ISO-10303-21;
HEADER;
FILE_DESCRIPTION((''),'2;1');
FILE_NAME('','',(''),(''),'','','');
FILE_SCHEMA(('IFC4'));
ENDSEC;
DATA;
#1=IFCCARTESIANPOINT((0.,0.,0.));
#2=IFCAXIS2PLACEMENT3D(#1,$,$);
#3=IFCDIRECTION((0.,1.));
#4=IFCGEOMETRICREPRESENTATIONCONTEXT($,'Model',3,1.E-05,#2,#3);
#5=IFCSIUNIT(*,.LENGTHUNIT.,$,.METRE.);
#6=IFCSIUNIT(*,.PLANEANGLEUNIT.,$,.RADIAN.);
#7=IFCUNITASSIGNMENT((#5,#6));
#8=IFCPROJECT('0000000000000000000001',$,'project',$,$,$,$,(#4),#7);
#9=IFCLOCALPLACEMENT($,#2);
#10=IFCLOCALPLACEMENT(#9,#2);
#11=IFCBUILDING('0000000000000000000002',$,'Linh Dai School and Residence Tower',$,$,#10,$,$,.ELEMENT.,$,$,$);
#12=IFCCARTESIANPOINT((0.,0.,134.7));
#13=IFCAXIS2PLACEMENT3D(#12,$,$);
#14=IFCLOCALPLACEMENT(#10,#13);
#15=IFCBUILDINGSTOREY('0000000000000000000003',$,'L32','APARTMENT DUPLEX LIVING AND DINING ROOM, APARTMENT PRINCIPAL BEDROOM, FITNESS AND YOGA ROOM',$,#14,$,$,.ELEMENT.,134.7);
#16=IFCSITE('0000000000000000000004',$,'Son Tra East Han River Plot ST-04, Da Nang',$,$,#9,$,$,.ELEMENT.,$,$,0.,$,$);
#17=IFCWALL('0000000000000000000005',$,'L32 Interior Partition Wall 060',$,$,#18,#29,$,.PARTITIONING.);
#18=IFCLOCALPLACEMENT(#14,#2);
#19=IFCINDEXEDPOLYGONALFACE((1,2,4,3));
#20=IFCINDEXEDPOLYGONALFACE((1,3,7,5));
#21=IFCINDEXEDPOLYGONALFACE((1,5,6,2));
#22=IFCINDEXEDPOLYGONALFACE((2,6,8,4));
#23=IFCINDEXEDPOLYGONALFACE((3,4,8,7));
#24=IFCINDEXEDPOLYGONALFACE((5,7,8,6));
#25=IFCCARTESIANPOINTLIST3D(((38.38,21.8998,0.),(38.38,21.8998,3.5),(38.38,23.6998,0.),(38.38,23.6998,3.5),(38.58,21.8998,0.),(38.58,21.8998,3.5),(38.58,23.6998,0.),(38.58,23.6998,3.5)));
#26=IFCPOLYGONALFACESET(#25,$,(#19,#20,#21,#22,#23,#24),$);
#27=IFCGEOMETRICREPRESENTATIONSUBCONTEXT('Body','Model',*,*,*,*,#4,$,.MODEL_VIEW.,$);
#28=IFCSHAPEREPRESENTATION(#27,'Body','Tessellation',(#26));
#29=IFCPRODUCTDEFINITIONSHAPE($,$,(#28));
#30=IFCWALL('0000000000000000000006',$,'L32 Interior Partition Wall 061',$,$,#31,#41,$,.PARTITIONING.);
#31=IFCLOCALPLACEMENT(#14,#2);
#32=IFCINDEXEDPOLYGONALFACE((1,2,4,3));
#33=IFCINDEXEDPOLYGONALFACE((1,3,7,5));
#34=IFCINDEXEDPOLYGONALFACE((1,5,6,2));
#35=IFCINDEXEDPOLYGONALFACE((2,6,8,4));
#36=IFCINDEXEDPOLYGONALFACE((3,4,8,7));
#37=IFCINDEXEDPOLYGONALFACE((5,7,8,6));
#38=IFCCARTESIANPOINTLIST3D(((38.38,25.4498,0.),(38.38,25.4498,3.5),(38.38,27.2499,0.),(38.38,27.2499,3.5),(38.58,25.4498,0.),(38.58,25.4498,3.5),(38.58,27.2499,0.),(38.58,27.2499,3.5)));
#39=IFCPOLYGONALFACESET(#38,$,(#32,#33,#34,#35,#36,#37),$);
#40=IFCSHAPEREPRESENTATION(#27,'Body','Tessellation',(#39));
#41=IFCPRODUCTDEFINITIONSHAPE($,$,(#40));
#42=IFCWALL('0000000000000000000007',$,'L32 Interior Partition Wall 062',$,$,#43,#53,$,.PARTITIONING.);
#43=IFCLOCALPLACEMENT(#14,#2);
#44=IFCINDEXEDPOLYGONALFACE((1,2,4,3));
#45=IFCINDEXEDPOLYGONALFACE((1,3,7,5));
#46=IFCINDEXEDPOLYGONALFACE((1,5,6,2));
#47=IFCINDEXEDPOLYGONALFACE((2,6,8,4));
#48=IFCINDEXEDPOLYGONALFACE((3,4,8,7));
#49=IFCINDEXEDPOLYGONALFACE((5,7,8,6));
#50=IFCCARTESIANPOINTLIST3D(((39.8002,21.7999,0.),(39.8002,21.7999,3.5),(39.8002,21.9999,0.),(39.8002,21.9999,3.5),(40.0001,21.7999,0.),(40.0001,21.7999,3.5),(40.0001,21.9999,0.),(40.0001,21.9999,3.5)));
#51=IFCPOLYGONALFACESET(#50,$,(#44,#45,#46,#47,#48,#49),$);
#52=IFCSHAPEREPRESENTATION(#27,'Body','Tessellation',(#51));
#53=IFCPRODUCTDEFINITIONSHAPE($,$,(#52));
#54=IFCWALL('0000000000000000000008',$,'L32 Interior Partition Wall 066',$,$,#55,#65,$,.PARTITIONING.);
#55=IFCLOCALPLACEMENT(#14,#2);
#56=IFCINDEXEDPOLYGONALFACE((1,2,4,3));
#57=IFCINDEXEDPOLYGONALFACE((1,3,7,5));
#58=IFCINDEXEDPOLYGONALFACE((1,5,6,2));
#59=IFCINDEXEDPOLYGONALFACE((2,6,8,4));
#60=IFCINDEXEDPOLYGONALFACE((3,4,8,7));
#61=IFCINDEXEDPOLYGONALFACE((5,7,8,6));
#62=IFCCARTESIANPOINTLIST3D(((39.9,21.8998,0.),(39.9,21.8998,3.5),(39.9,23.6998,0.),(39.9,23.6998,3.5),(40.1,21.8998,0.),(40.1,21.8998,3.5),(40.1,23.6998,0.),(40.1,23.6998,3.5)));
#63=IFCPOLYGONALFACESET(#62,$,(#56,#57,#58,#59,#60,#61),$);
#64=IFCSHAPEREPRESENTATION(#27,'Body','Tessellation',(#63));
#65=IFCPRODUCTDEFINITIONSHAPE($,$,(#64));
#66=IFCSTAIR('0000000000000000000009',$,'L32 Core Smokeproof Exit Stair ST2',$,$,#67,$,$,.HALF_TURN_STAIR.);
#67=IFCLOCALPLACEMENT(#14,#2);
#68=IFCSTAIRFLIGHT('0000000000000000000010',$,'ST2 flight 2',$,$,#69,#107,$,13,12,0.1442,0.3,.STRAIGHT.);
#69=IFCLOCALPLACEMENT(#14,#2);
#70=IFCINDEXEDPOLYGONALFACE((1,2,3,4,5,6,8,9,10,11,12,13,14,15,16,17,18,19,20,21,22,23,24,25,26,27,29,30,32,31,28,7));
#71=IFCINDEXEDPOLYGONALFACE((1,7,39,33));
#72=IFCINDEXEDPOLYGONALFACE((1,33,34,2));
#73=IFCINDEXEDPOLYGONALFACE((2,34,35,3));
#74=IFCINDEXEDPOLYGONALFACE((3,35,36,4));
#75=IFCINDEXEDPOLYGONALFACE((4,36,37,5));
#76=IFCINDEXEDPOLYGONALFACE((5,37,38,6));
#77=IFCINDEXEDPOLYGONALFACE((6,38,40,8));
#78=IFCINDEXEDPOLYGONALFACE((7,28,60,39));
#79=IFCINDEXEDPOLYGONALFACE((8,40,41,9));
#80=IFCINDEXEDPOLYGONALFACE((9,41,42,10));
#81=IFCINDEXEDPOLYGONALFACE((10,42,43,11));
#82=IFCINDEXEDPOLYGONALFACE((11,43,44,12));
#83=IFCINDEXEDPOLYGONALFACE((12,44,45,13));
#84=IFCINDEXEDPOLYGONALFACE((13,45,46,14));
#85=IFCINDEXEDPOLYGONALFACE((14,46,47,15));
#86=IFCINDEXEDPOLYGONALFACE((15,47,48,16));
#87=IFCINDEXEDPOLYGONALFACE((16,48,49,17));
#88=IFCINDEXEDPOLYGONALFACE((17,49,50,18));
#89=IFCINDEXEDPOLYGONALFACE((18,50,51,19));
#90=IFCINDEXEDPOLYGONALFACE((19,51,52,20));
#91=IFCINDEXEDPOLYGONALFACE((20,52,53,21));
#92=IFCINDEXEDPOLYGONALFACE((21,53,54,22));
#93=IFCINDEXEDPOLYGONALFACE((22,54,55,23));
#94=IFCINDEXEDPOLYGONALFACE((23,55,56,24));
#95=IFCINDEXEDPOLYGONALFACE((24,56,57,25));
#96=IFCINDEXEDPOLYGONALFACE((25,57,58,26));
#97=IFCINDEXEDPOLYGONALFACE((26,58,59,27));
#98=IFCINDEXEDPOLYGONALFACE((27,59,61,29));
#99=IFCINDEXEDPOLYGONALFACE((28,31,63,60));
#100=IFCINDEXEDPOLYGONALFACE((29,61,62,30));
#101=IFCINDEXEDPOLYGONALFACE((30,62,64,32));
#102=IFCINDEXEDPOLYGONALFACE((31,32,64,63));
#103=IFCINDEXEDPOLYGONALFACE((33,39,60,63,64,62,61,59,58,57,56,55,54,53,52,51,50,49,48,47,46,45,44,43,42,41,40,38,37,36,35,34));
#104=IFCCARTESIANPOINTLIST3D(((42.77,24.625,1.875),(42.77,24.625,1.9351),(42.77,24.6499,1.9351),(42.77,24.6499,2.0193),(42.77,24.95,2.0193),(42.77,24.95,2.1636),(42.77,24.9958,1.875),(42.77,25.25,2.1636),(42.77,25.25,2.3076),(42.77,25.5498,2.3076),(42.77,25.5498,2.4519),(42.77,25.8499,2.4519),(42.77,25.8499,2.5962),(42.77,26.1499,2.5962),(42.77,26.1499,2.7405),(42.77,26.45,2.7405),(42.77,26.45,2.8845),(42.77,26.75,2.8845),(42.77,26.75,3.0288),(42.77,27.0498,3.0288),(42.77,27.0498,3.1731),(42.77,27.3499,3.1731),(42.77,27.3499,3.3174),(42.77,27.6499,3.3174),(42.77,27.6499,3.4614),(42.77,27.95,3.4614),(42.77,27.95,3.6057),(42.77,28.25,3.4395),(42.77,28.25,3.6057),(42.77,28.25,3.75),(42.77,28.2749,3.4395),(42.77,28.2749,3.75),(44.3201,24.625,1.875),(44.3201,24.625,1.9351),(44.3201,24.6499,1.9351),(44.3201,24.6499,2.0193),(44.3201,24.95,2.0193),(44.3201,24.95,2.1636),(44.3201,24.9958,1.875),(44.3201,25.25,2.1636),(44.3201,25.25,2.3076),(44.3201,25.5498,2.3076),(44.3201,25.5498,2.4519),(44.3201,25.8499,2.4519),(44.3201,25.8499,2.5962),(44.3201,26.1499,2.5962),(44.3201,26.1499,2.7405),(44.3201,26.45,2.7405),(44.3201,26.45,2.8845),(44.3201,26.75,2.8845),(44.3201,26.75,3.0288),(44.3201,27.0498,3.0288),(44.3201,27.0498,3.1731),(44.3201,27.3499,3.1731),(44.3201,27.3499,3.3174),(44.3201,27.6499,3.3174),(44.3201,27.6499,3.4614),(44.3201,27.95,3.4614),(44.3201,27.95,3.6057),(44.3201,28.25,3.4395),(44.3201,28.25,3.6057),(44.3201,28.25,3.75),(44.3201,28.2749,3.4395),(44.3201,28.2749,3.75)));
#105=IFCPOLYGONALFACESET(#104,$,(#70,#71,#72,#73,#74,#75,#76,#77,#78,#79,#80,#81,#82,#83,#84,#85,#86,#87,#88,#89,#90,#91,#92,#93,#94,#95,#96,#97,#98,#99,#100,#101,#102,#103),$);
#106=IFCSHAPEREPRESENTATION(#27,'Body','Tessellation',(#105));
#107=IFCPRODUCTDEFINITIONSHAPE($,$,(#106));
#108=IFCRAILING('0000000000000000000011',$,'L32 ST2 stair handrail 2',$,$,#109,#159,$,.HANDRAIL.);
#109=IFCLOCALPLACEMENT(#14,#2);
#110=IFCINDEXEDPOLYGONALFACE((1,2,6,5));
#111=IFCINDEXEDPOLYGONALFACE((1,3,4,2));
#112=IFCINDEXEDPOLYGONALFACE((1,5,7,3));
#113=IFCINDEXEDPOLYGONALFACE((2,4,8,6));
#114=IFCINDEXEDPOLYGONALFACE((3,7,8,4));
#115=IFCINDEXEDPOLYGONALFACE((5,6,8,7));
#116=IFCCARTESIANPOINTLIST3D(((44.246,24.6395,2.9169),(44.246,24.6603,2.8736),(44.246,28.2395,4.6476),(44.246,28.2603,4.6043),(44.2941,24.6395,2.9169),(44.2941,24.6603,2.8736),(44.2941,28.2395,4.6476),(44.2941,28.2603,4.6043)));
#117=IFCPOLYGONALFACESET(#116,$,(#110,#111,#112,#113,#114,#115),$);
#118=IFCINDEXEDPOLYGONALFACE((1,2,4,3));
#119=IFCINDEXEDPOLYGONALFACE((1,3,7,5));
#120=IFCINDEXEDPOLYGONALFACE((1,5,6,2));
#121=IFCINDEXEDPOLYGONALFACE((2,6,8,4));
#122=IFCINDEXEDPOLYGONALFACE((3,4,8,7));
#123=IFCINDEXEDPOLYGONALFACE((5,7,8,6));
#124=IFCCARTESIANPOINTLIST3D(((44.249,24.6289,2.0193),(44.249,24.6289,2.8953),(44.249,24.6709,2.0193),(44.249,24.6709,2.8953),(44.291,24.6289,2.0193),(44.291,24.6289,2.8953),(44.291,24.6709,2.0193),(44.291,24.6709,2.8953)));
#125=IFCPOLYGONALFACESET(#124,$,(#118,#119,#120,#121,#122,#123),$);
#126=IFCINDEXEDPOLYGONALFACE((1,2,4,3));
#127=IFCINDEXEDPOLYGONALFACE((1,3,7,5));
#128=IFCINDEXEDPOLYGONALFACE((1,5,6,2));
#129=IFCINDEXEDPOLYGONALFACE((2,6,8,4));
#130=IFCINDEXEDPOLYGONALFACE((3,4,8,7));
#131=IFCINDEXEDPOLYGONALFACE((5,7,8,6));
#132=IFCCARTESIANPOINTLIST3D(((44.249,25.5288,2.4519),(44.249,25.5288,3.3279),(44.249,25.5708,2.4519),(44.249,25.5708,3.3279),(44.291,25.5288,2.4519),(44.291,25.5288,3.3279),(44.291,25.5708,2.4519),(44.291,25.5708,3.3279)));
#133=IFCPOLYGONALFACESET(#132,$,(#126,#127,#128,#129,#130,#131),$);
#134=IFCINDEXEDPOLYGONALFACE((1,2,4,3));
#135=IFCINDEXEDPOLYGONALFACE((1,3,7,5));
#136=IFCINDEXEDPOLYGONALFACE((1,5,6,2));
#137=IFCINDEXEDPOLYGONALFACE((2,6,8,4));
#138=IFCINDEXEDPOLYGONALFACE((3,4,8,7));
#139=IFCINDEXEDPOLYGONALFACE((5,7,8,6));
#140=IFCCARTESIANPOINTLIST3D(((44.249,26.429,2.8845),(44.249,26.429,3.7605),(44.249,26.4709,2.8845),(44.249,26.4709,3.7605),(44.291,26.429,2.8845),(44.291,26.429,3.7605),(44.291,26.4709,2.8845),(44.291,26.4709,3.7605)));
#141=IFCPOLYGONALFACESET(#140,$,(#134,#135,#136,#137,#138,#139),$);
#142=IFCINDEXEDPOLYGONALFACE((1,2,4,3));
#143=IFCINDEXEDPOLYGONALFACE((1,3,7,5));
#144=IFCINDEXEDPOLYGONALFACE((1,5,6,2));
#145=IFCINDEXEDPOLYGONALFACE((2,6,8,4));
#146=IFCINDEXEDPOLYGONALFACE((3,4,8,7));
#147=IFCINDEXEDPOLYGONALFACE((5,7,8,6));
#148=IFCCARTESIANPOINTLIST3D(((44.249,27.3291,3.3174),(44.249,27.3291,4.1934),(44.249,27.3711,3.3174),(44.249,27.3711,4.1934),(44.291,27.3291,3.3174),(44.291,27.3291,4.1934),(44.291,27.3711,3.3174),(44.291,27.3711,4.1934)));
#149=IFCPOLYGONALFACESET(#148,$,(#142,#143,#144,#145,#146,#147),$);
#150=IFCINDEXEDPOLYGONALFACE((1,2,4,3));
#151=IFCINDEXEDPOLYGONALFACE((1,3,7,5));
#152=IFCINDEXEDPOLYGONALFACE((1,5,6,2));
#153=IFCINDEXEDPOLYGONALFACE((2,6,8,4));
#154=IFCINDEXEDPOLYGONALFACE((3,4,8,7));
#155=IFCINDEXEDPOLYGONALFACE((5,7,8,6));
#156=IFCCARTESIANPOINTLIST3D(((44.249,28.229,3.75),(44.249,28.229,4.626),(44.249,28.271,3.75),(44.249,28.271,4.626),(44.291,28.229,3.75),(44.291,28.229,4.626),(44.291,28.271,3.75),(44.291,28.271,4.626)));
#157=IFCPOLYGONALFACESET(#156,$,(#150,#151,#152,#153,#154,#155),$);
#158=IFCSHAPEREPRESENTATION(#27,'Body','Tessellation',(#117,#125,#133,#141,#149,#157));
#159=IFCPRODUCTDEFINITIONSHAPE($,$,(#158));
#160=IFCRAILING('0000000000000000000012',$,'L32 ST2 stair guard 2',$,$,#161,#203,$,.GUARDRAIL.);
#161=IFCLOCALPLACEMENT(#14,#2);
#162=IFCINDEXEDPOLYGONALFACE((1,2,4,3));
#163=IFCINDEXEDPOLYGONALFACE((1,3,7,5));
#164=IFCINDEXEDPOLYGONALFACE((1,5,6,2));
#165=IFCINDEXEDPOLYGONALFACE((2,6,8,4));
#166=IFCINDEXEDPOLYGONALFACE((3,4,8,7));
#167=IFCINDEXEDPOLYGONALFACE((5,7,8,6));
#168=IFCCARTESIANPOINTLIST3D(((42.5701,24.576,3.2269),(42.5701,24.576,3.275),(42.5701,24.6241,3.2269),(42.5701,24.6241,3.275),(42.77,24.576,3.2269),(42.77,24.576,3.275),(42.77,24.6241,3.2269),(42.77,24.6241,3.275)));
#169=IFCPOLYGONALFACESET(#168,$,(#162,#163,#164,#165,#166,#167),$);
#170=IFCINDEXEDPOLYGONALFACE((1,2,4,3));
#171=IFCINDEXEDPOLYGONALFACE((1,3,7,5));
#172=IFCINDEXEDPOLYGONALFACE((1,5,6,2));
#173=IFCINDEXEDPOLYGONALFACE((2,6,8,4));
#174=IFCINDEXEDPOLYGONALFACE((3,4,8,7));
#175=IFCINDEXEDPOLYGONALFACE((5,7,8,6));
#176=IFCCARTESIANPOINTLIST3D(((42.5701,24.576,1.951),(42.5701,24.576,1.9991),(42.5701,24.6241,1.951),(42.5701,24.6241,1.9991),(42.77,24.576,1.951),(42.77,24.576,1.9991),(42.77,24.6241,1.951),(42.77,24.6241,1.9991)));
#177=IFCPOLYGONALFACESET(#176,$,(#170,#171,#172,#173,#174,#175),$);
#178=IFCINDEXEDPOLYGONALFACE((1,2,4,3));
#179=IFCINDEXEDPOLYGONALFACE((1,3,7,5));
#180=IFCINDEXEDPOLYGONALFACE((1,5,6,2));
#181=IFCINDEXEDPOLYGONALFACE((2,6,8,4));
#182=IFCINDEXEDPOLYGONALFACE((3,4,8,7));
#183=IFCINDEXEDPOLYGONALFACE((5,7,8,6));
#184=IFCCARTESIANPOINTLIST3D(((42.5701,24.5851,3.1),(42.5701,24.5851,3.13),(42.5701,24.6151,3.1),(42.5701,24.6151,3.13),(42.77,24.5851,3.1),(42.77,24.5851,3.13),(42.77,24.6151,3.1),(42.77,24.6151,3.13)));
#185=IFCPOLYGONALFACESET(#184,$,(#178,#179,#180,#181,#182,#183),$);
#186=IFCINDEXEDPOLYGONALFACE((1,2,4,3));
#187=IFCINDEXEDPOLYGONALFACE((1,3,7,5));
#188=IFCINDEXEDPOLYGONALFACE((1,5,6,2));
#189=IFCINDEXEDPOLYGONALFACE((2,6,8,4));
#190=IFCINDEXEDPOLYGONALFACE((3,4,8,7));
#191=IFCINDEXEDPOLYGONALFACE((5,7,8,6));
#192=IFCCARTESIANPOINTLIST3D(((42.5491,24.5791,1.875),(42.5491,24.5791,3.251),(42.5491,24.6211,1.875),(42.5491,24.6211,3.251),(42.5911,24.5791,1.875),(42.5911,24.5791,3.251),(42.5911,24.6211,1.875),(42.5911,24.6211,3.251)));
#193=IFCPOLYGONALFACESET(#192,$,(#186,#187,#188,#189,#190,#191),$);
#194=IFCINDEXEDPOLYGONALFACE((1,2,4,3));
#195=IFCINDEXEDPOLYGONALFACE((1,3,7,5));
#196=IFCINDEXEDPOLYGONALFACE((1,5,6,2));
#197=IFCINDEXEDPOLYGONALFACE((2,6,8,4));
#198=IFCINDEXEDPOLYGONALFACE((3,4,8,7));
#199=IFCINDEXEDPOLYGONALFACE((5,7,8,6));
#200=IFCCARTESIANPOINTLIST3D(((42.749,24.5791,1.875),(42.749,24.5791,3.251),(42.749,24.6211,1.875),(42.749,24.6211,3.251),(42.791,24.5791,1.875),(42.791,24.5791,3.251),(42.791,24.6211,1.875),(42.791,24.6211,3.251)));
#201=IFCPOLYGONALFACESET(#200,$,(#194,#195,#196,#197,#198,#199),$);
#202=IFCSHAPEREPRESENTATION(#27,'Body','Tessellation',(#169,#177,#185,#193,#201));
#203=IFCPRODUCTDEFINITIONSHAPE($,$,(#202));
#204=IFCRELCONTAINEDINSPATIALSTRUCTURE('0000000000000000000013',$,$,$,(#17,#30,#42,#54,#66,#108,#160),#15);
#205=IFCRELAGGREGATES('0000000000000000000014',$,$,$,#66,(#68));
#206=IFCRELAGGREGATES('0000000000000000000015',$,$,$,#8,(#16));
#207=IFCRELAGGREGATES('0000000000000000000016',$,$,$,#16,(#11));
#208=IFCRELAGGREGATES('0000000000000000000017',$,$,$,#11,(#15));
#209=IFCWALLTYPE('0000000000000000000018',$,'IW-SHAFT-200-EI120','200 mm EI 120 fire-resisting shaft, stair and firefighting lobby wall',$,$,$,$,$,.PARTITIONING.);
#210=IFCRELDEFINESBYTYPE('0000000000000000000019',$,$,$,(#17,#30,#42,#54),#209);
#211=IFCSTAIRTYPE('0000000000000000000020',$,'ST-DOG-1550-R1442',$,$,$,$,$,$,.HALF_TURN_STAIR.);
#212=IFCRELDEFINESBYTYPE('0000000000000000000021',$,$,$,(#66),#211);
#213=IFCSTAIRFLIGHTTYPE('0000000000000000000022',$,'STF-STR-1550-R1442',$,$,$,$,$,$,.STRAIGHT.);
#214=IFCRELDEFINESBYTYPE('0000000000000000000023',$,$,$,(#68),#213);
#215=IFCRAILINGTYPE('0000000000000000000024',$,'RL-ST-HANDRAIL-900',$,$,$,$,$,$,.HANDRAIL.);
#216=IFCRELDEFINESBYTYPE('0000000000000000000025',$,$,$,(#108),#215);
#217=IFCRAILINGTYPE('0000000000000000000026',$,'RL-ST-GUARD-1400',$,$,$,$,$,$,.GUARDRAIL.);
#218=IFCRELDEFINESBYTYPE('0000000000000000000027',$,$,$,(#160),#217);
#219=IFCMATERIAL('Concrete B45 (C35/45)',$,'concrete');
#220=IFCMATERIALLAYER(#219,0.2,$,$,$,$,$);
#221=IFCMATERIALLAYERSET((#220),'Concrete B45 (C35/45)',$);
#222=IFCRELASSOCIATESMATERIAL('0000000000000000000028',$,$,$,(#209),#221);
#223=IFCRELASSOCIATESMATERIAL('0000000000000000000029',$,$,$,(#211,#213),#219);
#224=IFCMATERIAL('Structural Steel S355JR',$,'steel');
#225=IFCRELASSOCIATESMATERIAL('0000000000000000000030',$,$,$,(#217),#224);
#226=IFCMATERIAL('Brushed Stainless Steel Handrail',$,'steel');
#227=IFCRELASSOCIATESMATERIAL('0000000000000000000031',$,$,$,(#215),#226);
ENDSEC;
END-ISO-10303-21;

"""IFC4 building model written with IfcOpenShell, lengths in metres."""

from ifc_helpers import new_model, si_unit, direction, frame, frame_2d, origin, origin_2d, place, context, subcontext, project, spatial, polyline, rectangle, outline, extrude, source, transform, mapped, material, layer, layer_set, type_object, element, aggregate, save


model = new_model("IFC4")

# Units and contexts
model_context = context("Model", 3, precision=1e-05, world=origin(), true_north=direction((0.0, 1.0)))
body_context = subcontext(model_context, "Body", "Model", "MODEL_VIEW")
ifc_project = project(units=[si_unit("LENGTHUNIT", "METRE"), si_unit("PLANEANGLEUNIT", "RADIAN")], contexts=[model_context])

# Site, building, storey
site_placement = place(None, origin())
site = spatial("IfcSite", under=ifc_project, at=site_placement, Name="Son Tra East Han River Plot ST-04, Da Nang", CompositionType="ELEMENT", RefElevation=0.0)
building_placement = place(site_placement, origin())
building = spatial("IfcBuilding", under=site, at=building_placement, Name="Linh Dai School and Residence Tower", CompositionType="ELEMENT")
storey_placement = place(building_placement, frame((0.0, 0.0, 134.7)))
storey = spatial("IfcBuildingStorey", under=building, at=storey_placement, Name="L32", Description="APARTMENT DUPLEX LIVING AND DINING ROOM, APARTMENT PRINCIPAL BEDROOM, FITNESS AND YOGA ROOM", CompositionType="ELEMENT", Elevation=134.7)

# Shared definitions
ifc_material_1 = material(Name="Structural Steel S355JR", Category="steel")

# Walls
ifc_material_2 = material(Name="Concrete B45 (C35/45)", Category="concrete")
ifc_layer_1 = layer(ifc_material_2, 0.2)
ifc_layer_set_1 = layer_set([ifc_layer_1], Name="Concrete B45 (C35/45)")
wall_type_1 = type_object("IfcWallType", Name="IW-SHAFT-200-EI120", Description="200 mm EI 120 fire-resisting shaft, stair and firefighting lobby wall", PredefinedType="PARTITIONING", material=ifc_layer_set_1)
for number, where, z_axis, x_axis, name in (
    (1, (38.48, 21.8999, 0.0), (0.0, 0.0, 1.0), (0.0, 1.0, 0.0), "L32 Interior Partition Wall 060"),
    (2, (38.48, 25.45, 0.0), (0.0, 0.0, 1.0), (0.0, 1.0, 0.0), "L32 Interior Partition Wall 061"),
):
    element("IfcWall", number, at=place(storey_placement, frame(where, z_axis=z_axis, x_axis=x_axis)), inside=storey, type_object=wall_type_1, Name=name, PredefinedType="PARTITIONING", context=body_context, shape_type="SweptSolid", body=[
        extrude(rectangle(XDim=1.8, YDim=0.2, at=frame_2d((0.8999, 0.0))), origin(), (0.0, 0.0, 1.0), 3.5),
    ])
wall_1_placement = place(storey_placement, frame((39.8, 21.8999, 0.0), z_axis=(0.0, 0.0, 1.0), x_axis=(1.0, 0.0, 0.0)))
element("IfcWall", 3, at=wall_1_placement, inside=storey, type_object=wall_type_1, Name="L32 Interior Partition Wall 062", PredefinedType="PARTITIONING", context=body_context, shape_type="SweptSolid", body=[
    extrude(rectangle(XDim=0.2, YDim=0.2, at=frame_2d((0.1001, 0.0))), origin(), (0.0, 0.0, 1.0), 3.5),
])
wall_2_placement = place(storey_placement, frame((40.0, 21.8999, 0.0), z_axis=(0.0, 0.0, 1.0), x_axis=(0.0, 1.0, 0.0)))
element("IfcWall", 4, at=wall_2_placement, inside=storey, type_object=wall_type_1, Name="L32 Interior Partition Wall 066", PredefinedType="PARTITIONING", context=body_context, shape_type="SweptSolid", body=[
    extrude(rectangle(XDim=1.8, YDim=0.2, at=frame_2d((0.8999, 0.0))), origin(), (0.0, 0.0, 1.0), 3.5),
])

# Stair, stair flight
stair_type = type_object("IfcStairType", Name="ST-DOG-1550-R1442", PredefinedType="HALF_TURN_STAIR", material=ifc_material_2)
stair_placement = place(storey_placement, origin())
stair = element("IfcStair", 5, at=stair_placement, inside=storey, type_object=stair_type, Name="L32 Core Smokeproof Exit Stair ST2", PredefinedType="HALF_TURN_STAIR")
stair_flight_type = type_object("IfcStairFlightType", Name="STF-STR-1550-R1442", PredefinedType="STRAIGHT", material=ifc_material_2)
shared_shape_1 = source(origin(), body_context, "Body", "SweptSolid", [
    extrude(outline(polyline([(-0.0249, 0.0), (-0.0249, 0.0601), (0.0, 0.0601), (0.0, 0.1443), (0.3, 0.1443), (0.3, 0.2886), (0.6001, 0.2886), (0.6001, 0.4326), (0.8999, 0.4326), (0.8999, 0.5769), (1.2, 0.5769), (1.2, 0.7212), (1.5, 0.7212), (1.5, 0.8655), (1.8, 0.8655), (1.8, 1.0095), (2.1001, 1.0095), (2.1001, 1.1538), (2.3999, 1.1538), (2.3999, 1.2981), (2.7, 1.2981), (2.7, 1.4424), (3.0, 1.4424), (3.0, 1.5864), (3.3, 1.5864), (3.3, 1.7307), (3.6001, 1.7307), (3.6001, 1.875), (3.625, 1.875), (3.625, 1.5645), (3.6001, 1.5645), (0.3459, 0.0), (-0.0249, 0.0)])), frame((0.0, 0.7749, 0.0), z_axis=(0.0, -1.0, 0.0), x_axis=(1.0, 0.0, 0.0)), (0.0, 0.0, 1.0), 1.55),
])
stair_flight_placement = place(storey_placement, frame((43.5449, 24.6499, 1.875), z_axis=(0.0, 0.0, 1.0), x_axis=(0.0, 1.0, 0.0)))
stair_flight = element("IfcStairFlight", 6, at=stair_flight_placement, type_object=stair_flight_type, Name="ST2 flight 2", NumberOfRisers=13, NumberOfTreads=12, PredefinedType="STRAIGHT", RiserHeight=0.1442, TreadLength=0.3, context=body_context, shape_type="MappedRepresentation", body=[
    mapped(shared_shape_1, transform((0.0, 0.0, 0.0), x_axis=(1.0, 0.0, 0.0), y_axis=(0.0, 1.0, 0.0), z_axis=(0.0, 0.0, 1.0), scale=1.0)),
])
aggregate(stair, [stair_flight])

# Railings
railing_type_1 = type_object("IfcRailingType", Name="RL-ST-GUARD-1400", PredefinedType="GUARDRAIL", material=ifc_material_1)
ifc_material_3 = material(Name="Brushed Stainless Steel Handrail", Category="steel")
railing_type_2 = type_object("IfcRailingType", Name="RL-ST-HANDRAIL-900", PredefinedType="HANDRAIL", material=ifc_material_3)
shared_shape_2 = source(origin(), body_context, "Body", "SweptSolid", [
    extrude(rectangle(XDim=0.0481, YDim=0.0481, at=origin_2d()), frame((0.0, 0.0, 0.876), z_axis=(0.0, 0.901263, 0.433273), x_axis=(-1.0, 0.0, 0.0)), (0.0, 0.0, 1.0), 3.9944),
    extrude(rectangle(XDim=0.042, YDim=0.042, at=origin_2d()), origin(), (0.0, 0.0, 1.0), 0.876),
    extrude(rectangle(XDim=0.042, YDim=0.042, at=origin_2d()), frame((0.0, 0.8999, 0.4326)), (0.0, 0.0, 1.0), 0.876),
    extrude(rectangle(XDim=0.042, YDim=0.042, at=origin_2d()), frame((0.0, 1.8, 0.8652)), (0.0, 0.0, 1.0), 0.876),
    extrude(rectangle(XDim=0.042, YDim=0.042, at=origin_2d()), frame((0.0, 2.7002, 1.2981)), (0.0, 0.0, 1.0), 0.876),
    extrude(rectangle(XDim=0.042, YDim=0.042, at=origin_2d()), frame((0.0, 3.6001, 1.7307)), (0.0, 0.0, 1.0), 0.876),
])
railing_1_placement = place(storey_placement, frame((44.27, 24.6499, 2.0193)))
element("IfcRailing", 7, at=railing_1_placement, inside=storey, type_object=railing_type_2, Name="L32 ST2 stair handrail 2", PredefinedType="HANDRAIL", context=body_context, shape_type="MappedRepresentation", body=[
    mapped(shared_shape_2, transform((0.0, 0.0, 0.0), x_axis=(1.0, 0.0, 0.0), y_axis=(0.0, 1.0, 0.0), z_axis=(0.0, 0.0, 1.0), scale=1.0)),
])
shared_shape_3 = source(origin(), body_context, "Body", "SweptSolid", [
    extrude(rectangle(XDim=0.0481, YDim=0.0481, at=origin_2d()), frame((0.0, 0.0, 1.376), z_axis=(1.0, 0.0, 0.0), x_axis=(0.0, 1.0, 0.0)), (0.0, 0.0, 1.0), 0.2),
    extrude(rectangle(XDim=0.0481, YDim=0.0481, at=origin_2d()), frame((0.0, 0.0, 0.1001), z_axis=(1.0, 0.0, 0.0), x_axis=(0.0, 1.0, 0.0)), (0.0, 0.0, 1.0), 0.2),
    extrude(rectangle(XDim=0.03, YDim=0.03, at=origin_2d()), frame((0.0, 0.0, 1.24), z_axis=(1.0, 0.0, 0.0), x_axis=(0.0, 1.0, 0.0)), (0.0, 0.0, 1.0), 0.2),
    extrude(rectangle(XDim=0.042, YDim=0.042, at=origin_2d()), origin(), (0.0, 0.0, 1.0), 1.376),
    extrude(rectangle(XDim=0.042, YDim=0.042, at=origin_2d()), frame((0.2, 0.0, 0.0)), (0.0, 0.0, 1.0), 1.376),
])
railing_2_placement = place(storey_placement, frame((42.5701, 24.6001, 1.875)))
element("IfcRailing", 8, at=railing_2_placement, inside=storey, type_object=railing_type_1, Name="L32 ST2 stair guard 2", PredefinedType="GUARDRAIL", context=body_context, shape_type="MappedRepresentation", body=[
    mapped(shared_shape_3, transform((0.0, 0.0, 0.0), x_axis=(1.0, 0.0, 0.0), y_axis=(0.0, 1.0, 0.0), z_axis=(0.0, 0.0, 1.0), scale=1.0)),
])

save(model, "model.ifc")
